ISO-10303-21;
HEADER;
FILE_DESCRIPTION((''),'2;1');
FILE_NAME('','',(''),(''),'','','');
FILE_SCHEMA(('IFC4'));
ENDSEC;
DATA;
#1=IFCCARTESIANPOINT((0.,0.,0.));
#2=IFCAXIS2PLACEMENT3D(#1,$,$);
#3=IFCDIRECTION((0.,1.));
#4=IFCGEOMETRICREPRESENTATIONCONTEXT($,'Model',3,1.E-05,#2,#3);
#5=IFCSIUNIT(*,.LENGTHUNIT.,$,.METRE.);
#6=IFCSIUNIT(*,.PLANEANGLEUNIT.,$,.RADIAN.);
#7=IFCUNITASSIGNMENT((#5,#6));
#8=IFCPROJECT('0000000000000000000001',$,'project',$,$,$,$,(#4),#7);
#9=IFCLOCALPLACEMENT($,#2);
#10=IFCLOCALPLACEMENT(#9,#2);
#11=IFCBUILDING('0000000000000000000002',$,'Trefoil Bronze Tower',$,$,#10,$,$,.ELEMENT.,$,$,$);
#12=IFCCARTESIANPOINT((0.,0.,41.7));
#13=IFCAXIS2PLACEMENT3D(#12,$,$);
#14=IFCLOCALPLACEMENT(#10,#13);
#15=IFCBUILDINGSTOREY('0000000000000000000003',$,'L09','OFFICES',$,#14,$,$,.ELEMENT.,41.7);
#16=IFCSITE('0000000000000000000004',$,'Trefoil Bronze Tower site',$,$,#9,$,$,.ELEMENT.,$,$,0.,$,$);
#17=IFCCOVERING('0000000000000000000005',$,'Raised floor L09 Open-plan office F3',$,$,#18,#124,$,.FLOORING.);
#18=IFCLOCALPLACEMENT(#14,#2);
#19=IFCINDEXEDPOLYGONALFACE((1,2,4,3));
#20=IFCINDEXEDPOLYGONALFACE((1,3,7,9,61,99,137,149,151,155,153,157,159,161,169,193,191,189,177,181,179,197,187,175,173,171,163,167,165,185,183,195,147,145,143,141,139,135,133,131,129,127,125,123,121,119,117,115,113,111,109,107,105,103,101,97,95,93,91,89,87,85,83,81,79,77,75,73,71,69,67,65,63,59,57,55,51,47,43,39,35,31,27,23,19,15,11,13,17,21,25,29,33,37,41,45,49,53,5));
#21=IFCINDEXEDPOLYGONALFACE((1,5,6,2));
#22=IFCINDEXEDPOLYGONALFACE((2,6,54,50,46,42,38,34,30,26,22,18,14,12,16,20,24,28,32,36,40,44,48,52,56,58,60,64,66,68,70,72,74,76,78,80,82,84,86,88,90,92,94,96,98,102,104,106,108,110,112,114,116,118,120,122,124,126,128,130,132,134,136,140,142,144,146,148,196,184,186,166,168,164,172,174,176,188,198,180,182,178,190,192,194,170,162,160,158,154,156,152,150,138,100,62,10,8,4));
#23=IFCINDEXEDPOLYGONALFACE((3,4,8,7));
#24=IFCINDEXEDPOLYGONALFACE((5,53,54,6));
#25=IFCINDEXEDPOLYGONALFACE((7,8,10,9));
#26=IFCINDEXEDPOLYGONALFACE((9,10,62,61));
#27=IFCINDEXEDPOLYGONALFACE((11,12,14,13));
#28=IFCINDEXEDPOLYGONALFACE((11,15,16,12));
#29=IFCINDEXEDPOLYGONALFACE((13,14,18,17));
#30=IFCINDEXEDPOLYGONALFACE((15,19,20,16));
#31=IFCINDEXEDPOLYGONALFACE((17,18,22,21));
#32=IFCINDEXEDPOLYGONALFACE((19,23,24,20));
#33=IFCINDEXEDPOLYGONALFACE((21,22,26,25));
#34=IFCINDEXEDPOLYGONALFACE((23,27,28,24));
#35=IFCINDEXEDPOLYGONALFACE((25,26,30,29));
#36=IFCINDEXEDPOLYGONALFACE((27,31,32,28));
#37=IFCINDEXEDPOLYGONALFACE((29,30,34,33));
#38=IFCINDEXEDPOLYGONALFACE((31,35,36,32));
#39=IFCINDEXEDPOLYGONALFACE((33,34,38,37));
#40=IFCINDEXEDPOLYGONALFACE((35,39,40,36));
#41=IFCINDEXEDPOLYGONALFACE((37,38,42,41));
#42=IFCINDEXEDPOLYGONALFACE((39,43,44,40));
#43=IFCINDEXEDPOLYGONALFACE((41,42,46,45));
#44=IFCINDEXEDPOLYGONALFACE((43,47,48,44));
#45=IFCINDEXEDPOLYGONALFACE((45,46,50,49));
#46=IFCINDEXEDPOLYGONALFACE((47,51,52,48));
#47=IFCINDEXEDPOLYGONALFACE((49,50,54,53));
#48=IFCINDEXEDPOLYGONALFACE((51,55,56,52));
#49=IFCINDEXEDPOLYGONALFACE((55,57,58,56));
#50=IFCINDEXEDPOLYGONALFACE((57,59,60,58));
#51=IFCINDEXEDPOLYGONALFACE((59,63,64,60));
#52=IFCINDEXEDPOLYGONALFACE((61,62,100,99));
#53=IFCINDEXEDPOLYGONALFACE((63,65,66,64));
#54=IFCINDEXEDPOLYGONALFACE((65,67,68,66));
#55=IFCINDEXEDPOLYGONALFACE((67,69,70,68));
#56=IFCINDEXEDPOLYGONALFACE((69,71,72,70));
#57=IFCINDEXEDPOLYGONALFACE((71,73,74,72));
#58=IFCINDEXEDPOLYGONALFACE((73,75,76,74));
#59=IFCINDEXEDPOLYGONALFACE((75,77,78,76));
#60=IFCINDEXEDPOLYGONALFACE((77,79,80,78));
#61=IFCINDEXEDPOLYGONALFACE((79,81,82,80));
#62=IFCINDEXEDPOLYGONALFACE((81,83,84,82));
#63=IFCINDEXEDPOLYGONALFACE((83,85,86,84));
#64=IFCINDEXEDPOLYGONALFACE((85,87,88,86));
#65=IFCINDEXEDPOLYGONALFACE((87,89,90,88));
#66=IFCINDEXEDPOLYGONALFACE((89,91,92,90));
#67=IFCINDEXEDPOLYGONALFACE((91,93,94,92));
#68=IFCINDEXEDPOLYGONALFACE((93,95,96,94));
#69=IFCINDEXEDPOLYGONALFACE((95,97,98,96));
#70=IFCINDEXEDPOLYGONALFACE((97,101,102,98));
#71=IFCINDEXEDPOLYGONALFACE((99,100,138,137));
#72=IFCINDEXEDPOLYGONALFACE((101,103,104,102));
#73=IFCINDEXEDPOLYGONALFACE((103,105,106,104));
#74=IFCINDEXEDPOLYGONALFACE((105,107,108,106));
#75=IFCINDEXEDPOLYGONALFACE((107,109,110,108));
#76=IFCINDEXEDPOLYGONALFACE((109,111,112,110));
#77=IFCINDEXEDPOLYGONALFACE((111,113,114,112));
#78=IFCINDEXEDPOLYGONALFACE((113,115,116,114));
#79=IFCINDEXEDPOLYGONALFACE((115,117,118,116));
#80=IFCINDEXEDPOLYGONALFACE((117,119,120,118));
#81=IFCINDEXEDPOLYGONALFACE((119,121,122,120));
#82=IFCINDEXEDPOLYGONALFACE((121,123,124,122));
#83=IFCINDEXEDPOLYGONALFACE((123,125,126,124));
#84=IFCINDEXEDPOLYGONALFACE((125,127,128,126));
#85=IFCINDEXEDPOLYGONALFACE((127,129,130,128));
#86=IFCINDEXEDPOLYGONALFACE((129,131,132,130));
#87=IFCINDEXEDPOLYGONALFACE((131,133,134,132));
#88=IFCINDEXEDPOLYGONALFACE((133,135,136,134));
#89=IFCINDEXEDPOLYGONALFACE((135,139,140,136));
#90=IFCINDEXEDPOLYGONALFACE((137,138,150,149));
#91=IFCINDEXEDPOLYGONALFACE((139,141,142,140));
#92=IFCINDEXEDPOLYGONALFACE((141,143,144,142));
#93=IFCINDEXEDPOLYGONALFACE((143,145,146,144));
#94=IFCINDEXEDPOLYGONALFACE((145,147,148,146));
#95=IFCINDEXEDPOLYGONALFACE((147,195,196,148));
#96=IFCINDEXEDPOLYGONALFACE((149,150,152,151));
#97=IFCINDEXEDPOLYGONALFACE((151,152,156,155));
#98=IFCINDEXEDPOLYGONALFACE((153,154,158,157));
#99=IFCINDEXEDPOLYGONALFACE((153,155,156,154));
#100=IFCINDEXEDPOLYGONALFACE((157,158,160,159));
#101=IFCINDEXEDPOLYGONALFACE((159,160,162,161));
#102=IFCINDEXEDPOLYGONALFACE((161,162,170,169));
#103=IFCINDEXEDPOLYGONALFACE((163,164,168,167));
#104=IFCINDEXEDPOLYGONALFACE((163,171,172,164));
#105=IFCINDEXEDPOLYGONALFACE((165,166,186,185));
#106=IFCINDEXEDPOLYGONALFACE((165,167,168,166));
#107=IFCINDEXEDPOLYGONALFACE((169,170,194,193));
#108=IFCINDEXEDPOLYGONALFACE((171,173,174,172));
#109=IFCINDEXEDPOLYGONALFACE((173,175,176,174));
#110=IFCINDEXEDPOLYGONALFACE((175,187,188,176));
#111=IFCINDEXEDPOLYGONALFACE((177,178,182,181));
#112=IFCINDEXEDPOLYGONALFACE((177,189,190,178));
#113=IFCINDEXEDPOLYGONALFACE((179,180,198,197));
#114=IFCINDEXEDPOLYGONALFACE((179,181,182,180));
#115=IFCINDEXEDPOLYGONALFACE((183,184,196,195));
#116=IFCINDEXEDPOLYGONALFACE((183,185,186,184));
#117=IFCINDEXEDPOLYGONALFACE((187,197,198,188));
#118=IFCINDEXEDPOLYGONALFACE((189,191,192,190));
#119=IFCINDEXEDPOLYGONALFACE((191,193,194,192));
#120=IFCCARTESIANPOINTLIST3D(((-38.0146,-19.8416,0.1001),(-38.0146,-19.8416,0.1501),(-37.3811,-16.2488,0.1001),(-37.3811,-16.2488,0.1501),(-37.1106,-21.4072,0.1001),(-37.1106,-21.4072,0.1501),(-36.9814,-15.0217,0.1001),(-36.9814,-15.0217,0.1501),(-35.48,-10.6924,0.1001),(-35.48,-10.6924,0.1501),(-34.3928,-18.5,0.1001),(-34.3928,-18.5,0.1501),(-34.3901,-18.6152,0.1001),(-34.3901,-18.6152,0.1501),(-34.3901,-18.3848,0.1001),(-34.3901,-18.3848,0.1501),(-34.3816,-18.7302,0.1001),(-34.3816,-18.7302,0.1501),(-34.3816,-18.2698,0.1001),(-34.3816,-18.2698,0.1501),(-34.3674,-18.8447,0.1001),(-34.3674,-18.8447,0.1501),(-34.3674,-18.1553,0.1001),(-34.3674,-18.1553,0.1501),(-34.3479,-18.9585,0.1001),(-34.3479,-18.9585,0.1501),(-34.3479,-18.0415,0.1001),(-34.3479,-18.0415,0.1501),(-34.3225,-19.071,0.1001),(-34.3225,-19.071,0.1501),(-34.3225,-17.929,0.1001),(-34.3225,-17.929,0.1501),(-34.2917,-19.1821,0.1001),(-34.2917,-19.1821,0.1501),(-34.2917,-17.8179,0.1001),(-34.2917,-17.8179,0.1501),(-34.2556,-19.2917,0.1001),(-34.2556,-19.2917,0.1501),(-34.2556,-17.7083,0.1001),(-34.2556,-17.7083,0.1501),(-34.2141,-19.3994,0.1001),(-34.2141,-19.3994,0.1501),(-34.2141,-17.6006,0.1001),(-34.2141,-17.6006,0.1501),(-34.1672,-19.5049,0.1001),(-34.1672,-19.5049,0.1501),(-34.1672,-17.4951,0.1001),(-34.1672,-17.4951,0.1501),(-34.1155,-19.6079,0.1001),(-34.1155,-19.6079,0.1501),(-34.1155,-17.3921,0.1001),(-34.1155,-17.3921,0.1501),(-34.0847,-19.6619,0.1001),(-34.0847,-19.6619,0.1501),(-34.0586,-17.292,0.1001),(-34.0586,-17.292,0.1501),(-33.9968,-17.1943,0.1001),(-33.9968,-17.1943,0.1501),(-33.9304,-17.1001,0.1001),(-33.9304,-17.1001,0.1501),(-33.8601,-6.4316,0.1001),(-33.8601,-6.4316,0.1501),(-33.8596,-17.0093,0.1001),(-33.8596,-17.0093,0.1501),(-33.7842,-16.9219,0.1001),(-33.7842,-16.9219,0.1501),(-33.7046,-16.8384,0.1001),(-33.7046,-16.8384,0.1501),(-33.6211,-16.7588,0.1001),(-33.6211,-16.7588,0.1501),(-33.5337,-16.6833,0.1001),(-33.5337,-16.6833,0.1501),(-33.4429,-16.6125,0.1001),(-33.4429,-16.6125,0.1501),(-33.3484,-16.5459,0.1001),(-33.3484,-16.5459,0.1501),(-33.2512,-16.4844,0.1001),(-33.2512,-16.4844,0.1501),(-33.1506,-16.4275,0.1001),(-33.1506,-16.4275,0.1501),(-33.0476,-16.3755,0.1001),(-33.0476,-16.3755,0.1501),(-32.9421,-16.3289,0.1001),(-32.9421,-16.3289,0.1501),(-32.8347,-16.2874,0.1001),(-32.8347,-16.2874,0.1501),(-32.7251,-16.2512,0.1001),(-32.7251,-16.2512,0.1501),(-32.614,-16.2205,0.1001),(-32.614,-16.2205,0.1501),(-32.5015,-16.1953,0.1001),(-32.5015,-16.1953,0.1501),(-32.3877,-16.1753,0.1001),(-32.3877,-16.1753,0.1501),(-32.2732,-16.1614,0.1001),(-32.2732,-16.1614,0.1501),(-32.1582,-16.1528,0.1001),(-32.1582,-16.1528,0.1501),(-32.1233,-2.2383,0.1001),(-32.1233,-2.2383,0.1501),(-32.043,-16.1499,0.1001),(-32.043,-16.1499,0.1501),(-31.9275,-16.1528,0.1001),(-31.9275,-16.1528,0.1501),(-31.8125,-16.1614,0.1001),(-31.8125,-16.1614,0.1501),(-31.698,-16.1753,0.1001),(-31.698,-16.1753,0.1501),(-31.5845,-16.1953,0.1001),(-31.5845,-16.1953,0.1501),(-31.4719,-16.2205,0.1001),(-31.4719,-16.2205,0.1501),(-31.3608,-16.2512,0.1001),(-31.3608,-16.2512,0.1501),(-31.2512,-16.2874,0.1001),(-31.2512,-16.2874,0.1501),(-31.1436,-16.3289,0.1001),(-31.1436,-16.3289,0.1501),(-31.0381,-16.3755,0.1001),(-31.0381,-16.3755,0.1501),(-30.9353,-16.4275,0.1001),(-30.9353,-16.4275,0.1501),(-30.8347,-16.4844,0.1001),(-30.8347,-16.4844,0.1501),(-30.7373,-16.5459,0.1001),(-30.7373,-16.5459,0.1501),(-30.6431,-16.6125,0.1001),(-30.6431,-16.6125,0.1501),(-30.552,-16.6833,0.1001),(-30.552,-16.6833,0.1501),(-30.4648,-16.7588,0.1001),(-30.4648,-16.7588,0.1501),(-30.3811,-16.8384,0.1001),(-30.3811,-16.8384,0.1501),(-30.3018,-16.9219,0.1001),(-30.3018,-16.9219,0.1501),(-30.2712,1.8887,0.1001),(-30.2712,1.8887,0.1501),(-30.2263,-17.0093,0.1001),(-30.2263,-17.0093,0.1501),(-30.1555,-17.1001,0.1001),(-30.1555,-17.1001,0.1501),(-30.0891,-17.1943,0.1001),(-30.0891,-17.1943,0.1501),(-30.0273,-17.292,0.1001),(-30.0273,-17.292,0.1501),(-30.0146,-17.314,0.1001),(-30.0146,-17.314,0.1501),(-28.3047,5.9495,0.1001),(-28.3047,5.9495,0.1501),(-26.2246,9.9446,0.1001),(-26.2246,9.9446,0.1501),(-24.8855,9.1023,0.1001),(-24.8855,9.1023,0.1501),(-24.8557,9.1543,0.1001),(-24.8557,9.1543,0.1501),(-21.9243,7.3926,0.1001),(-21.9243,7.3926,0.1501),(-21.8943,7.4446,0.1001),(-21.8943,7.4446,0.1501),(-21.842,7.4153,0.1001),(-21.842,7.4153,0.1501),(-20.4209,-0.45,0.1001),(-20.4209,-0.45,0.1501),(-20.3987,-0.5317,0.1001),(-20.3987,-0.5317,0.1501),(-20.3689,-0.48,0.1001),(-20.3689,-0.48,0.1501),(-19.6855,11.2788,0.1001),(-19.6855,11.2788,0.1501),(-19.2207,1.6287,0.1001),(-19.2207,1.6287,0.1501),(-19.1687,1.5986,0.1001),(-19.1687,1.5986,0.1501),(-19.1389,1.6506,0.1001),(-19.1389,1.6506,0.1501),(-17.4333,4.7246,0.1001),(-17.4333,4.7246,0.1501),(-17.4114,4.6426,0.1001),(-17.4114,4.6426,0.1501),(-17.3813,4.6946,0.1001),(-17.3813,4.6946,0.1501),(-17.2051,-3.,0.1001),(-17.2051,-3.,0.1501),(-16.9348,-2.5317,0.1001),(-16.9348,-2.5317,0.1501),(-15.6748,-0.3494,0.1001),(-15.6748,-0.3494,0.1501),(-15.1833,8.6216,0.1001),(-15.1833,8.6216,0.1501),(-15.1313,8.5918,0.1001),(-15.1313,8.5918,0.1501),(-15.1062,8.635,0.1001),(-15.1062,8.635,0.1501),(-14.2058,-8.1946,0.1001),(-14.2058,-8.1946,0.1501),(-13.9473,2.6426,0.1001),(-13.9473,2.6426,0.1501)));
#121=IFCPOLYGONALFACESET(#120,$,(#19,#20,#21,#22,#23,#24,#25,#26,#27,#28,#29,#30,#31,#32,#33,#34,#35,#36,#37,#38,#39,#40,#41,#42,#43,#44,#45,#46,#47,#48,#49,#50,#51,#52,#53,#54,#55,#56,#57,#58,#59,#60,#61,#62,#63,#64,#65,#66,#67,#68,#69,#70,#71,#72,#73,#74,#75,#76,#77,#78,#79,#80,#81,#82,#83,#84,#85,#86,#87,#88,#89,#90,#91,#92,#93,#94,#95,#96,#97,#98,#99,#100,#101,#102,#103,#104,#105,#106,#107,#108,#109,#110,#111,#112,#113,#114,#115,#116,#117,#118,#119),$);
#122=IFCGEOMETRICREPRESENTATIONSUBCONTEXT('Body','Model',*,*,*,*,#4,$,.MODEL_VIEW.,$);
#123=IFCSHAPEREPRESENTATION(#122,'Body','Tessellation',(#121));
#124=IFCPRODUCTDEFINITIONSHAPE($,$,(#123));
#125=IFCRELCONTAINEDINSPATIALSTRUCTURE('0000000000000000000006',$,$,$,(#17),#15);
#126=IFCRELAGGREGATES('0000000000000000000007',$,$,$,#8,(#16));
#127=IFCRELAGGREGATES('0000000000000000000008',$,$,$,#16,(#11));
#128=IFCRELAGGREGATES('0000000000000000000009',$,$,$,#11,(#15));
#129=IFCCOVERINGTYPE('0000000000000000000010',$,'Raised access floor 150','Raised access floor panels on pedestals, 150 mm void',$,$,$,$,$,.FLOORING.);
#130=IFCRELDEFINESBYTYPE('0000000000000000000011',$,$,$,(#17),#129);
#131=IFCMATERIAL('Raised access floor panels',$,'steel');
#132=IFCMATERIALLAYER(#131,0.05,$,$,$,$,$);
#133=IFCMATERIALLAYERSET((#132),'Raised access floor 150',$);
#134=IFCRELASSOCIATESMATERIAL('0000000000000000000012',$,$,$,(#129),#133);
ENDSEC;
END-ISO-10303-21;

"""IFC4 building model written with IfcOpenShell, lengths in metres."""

from ifc_helpers import new_model, si_unit, direction, frame, origin, place, context, subcontext, project, spatial, polyline, outline, extrude, material, layer, layer_set, type_object, element, save


model = new_model("IFC4")

# Units and contexts
model_context = context("Model", 3, precision=1e-05, world=origin(), true_north=direction((0.0, 1.0)))
body_context = subcontext(model_context, "Body", "Model", "MODEL_VIEW")
ifc_project = project(units=[si_unit("LENGTHUNIT", "METRE"), si_unit("PLANEANGLEUNIT", "RADIAN")], contexts=[model_context])

# Site, building, storey
site_placement = place(None, origin())
site = spatial("IfcSite", under=ifc_project, at=site_placement, Name="Trefoil Bronze Tower site", CompositionType="ELEMENT", RefElevation=0.0)
building_placement = place(site_placement, origin())
building = spatial("IfcBuilding", under=site, at=building_placement, Name="Trefoil Bronze Tower", CompositionType="ELEMENT")
storey_placement = place(building_placement, frame((0.0, 0.0, 41.7)))
storey = spatial("IfcBuildingStorey", under=building, at=storey_placement, Name="L09", Description="OFFICES", CompositionType="ELEMENT", Elevation=41.7)

# Covering
ifc_material_1 = material(Name="Raised access floor panels", Category="steel")
ifc_layer_1 = layer(ifc_material_1, 0.05)
ifc_layer_set_1 = layer_set([ifc_layer_1], Name="Raised access floor 150")
covering_type_1 = type_object("IfcCoveringType", Name="Raised access floor 150", Description="Raised access floor panels on pedestals, 150 mm void", PredefinedType="FLOORING", material=ifc_layer_set_1)
covering_1_placement = place(storey_placement, frame((0.0, 0.0, 0.1001)))
element("IfcCovering", 1, at=covering_1_placement, inside=storey, type_object=covering_type_1, Name="Raised floor L09 Open-plan office F3", PredefinedType="FLOORING", context=body_context, shape_type="SweptSolid", body=[
    extrude(outline(polyline([(-33.8601, -6.4316), (-32.1233, -2.2383), (-30.2712, 1.8887), (-28.3047, 5.9495), (-26.2246, 9.9446), (-24.8557, 9.1543), (-24.8855, 9.1023), (-21.9243, 7.3926), (-21.8943, 7.4446), (-21.842, 7.4153), (-19.6855, 11.2788), (-15.1062, 8.635), (-15.1313, 8.5918), (-15.1833, 8.6216), (-17.4333, 4.7246), (-17.3813, 4.6946), (-17.4114, 4.6426), (-13.9473, 2.6426), (-15.6748, -0.3494), (-19.1389, 1.6506), (-19.1687, 1.5986), (-19.2207, 1.6287), (-20.4209, -0.45), (-20.3689, -0.48), (-20.3987, -0.5317), (-16.9348, -2.5317), (-17.2051, -3.0), (-14.2058, -8.1946), (-30.0146, -17.314), (-30.0273, -17.292), (-30.0891, -17.1943), (-30.1555, -17.1001), (-30.2263, -17.0093), (-30.3018, -16.9219), (-30.3811, -16.8384), (-30.4648, -16.7588), (-30.552, -16.6833), (-30.6431, -16.6125), (-30.7373, -16.5459), (-30.8347, -16.4844), (-30.9353, -16.4275), (-31.0381, -16.3755), (-31.1436, -16.3289), (-31.2512, -16.2874), (-31.3608, -16.2512), (-31.4719, -16.2205), (-31.5845, -16.1953), (-31.698, -16.1753), (-31.8125, -16.1614), (-31.9275, -16.1528), (-32.043, -16.1499), (-32.1582, -16.1528), (-32.2732, -16.1614), (-32.3877, -16.1753), (-32.5015, -16.1953), (-32.614, -16.2205), (-32.7251, -16.2512), (-32.8347, -16.2874), (-32.9421, -16.3289), (-33.0476, -16.3755), (-33.1506, -16.4275), (-33.2512, -16.4844), (-33.3484, -16.5459), (-33.4429, -16.6125), (-33.5337, -16.6833), (-33.6211, -16.7588), (-33.7046, -16.8384), (-33.7842, -16.9219), (-33.8596, -17.0093), (-33.9304, -17.1001), (-33.9968, -17.1943), (-34.0586, -17.292), (-34.1155, -17.3921), (-34.1672, -17.4951), (-34.2141, -17.6006), (-34.2556, -17.7083), (-34.2917, -17.8179), (-34.3225, -17.929), (-34.3479, -18.0415), (-34.3674, -18.1553), (-34.3816, -18.2698), (-34.3901, -18.3848), (-34.3928, -18.5), (-34.3901, -18.6152), (-34.3816, -18.7302), (-34.3674, -18.8447), (-34.3479, -18.9585), (-34.3225, -19.071), (-34.2917, -19.1821), (-34.2556, -19.2917), (-34.2141, -19.3994), (-34.1672, -19.5049), (-34.1155, -19.6079), (-34.0847, -19.6619), (-37.1106, -21.4072), (-38.0146, -19.8416), (-37.3811, -16.2488), (-36.9814, -15.0217), (-35.48, -10.6924), (-33.8601, -6.4316)])), origin(), (0.0, 0.0, 1.0), 0.05),
])

save(model, "model.ifc")
